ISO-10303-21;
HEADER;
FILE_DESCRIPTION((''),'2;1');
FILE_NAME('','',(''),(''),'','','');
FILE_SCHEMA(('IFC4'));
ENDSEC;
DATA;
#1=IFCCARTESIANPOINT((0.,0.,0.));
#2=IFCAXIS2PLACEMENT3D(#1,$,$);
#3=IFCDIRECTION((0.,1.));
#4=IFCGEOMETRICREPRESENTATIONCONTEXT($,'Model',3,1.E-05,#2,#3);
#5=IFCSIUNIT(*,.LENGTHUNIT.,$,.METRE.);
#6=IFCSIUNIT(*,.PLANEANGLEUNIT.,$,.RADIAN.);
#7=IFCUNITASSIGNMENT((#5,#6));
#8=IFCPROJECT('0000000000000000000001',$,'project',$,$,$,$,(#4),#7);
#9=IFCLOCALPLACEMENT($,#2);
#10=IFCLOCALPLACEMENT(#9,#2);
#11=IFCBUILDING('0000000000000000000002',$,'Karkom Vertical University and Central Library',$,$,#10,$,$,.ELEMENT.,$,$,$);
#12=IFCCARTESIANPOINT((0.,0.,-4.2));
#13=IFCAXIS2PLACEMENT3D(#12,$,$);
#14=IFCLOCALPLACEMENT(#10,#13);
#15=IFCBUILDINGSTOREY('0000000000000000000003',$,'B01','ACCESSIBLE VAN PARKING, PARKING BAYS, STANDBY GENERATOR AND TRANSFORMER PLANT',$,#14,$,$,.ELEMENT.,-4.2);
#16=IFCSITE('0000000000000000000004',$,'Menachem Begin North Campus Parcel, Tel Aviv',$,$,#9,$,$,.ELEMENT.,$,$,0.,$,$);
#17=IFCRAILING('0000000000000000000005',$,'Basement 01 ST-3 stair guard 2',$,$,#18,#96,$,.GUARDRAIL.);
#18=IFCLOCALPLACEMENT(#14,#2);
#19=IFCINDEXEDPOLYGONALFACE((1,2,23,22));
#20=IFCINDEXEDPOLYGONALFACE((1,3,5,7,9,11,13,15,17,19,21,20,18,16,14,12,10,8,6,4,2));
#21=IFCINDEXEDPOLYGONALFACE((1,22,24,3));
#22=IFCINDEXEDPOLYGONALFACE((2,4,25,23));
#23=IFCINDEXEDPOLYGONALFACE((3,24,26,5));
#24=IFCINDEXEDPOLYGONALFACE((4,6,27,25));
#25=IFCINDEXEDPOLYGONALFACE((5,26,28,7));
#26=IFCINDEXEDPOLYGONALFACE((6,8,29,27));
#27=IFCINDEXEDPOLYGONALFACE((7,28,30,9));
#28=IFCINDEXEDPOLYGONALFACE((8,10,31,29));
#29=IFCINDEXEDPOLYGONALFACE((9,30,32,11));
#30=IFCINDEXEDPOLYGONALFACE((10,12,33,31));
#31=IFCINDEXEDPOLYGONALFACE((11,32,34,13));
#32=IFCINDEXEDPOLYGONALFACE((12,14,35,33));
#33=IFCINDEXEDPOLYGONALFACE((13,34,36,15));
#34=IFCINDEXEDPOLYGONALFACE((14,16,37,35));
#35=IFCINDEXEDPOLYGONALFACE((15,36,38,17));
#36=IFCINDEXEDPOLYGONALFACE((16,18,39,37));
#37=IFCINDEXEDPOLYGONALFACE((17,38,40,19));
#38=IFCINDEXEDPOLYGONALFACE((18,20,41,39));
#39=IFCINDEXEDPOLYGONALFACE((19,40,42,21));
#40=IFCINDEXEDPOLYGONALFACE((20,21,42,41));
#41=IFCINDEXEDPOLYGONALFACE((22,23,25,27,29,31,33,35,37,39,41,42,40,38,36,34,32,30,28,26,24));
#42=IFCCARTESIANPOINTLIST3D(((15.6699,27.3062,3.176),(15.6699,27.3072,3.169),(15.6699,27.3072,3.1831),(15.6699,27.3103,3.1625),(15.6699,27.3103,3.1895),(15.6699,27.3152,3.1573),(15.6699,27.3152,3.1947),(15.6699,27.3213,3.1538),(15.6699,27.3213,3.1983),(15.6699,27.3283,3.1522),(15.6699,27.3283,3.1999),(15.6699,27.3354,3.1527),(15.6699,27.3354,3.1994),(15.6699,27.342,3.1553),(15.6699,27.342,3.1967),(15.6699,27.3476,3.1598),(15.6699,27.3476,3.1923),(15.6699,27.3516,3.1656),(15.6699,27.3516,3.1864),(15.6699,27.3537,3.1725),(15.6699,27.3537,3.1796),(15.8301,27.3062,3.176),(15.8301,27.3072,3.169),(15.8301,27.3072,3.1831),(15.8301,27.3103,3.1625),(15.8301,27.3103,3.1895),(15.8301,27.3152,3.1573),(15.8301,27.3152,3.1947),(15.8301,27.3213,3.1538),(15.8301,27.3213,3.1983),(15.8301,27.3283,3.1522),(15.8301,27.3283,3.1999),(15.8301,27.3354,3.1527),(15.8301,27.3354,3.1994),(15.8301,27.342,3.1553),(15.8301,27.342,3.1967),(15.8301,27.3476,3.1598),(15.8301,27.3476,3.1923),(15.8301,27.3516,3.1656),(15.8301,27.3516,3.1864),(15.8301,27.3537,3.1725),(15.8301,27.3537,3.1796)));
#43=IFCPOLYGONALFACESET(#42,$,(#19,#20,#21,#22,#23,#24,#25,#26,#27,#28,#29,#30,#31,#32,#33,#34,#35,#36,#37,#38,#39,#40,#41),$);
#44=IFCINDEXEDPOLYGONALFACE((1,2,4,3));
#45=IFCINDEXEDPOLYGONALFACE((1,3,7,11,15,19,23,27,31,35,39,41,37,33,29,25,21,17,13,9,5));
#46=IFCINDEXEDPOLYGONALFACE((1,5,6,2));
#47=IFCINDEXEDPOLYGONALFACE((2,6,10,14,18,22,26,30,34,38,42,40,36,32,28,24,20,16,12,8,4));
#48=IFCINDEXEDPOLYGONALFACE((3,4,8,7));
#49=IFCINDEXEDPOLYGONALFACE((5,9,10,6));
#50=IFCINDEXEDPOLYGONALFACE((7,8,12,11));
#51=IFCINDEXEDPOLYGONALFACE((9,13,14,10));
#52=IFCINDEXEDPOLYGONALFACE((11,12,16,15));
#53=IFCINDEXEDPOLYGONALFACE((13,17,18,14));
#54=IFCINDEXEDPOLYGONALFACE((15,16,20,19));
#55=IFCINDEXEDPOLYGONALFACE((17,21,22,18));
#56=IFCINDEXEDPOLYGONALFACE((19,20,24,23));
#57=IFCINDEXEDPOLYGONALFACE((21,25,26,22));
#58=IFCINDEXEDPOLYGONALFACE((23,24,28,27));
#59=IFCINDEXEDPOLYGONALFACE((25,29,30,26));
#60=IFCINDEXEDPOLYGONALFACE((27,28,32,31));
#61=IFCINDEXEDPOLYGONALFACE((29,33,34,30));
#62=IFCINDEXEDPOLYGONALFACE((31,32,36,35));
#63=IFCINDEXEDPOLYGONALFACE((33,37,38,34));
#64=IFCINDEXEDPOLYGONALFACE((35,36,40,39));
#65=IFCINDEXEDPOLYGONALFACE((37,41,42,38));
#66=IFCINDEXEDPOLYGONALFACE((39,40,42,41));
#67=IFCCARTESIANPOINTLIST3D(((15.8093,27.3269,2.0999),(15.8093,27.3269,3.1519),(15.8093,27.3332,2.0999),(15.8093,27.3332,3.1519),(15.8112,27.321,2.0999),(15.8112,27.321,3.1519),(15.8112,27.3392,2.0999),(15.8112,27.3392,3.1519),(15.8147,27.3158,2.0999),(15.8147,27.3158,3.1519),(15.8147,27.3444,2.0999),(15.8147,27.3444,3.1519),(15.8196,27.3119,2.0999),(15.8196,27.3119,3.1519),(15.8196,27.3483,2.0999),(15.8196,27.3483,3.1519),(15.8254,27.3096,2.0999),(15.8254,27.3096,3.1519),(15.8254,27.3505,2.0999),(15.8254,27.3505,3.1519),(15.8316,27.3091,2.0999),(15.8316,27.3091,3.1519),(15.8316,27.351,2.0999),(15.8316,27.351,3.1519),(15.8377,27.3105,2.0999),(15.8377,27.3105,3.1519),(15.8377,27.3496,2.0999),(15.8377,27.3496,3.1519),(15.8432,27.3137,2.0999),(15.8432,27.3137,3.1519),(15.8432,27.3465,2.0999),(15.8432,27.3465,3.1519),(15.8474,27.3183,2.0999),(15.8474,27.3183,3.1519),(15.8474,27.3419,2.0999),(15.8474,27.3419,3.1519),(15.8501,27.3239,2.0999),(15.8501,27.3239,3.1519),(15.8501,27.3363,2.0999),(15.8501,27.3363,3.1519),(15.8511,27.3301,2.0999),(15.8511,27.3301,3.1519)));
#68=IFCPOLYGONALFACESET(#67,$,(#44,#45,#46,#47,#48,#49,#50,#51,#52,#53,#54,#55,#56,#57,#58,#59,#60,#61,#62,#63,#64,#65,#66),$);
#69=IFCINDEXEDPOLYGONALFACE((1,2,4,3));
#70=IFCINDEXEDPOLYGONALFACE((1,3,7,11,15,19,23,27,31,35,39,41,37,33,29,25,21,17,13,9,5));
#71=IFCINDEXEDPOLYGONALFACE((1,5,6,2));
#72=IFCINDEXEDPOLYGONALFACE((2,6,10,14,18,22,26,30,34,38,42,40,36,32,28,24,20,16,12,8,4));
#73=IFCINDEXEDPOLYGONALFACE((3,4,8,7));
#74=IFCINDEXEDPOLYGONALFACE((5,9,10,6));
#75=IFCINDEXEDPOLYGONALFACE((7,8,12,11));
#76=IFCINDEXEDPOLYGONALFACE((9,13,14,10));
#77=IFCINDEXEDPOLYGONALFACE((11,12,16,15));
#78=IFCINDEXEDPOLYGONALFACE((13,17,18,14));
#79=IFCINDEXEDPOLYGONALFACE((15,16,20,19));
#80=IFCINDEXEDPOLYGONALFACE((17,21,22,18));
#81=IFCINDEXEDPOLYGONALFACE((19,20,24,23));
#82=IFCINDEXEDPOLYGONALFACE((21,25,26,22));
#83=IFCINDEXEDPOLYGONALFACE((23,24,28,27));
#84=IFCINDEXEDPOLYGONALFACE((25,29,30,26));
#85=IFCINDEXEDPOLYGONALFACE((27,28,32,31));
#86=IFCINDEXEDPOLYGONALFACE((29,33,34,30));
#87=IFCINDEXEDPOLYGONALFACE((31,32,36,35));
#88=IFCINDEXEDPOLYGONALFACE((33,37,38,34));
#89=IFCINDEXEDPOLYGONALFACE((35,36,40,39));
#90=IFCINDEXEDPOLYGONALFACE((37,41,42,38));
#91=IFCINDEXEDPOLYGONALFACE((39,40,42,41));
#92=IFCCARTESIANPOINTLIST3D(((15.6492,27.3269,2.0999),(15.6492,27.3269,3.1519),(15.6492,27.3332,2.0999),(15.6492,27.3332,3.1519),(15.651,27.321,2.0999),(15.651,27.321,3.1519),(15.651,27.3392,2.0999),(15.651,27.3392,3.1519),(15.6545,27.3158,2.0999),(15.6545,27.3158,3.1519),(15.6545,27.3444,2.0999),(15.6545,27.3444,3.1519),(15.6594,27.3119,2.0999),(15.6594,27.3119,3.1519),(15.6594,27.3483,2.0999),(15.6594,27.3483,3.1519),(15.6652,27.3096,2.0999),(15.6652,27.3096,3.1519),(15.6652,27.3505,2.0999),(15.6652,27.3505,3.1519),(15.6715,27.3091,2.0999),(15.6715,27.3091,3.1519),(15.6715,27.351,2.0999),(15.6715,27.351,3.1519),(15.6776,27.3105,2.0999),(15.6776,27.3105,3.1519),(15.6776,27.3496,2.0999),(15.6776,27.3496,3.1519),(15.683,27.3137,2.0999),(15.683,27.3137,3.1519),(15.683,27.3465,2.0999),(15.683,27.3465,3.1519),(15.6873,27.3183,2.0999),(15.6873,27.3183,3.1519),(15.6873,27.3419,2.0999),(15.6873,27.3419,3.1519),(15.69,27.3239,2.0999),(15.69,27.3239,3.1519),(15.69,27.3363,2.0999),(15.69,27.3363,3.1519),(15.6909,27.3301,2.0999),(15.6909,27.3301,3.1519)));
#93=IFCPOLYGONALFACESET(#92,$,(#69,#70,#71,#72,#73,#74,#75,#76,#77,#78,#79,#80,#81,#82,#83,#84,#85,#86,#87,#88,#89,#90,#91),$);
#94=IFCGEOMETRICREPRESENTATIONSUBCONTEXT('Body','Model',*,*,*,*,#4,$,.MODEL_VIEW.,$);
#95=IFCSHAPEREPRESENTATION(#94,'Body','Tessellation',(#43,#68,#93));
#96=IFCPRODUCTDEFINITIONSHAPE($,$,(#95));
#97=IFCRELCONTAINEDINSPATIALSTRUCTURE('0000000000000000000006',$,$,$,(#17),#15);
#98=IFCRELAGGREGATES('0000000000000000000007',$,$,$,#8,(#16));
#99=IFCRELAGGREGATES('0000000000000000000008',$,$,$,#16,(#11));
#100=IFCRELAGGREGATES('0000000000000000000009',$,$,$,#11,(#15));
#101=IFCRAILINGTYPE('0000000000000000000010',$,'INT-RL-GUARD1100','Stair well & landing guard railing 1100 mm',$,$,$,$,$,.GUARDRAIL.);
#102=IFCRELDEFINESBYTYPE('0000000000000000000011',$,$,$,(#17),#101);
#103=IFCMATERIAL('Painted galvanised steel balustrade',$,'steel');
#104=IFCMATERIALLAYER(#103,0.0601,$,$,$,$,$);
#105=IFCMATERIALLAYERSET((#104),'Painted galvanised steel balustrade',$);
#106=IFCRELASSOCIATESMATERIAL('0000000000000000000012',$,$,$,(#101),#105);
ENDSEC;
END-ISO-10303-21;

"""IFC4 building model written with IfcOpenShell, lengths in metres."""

from ifc_helpers import new_model, si_unit, direction, frame, origin, origin_2d, place, context, subcontext, project, spatial, circle, extrude, material, layer, layer_set, type_object, element, save


model = new_model("IFC4")

# Units and contexts
model_context = context("Model", 3, precision=1e-05, world=origin(), true_north=direction((0.0, 1.0)))
body_context = subcontext(model_context, "Body", "Model", "MODEL_VIEW")
ifc_project = project(units=[si_unit("LENGTHUNIT", "METRE"), si_unit("PLANEANGLEUNIT", "RADIAN")], contexts=[model_context])

# Site, building, storey
site_placement = place(None, origin())
site = spatial("IfcSite", under=ifc_project, at=site_placement, Name="Menachem Begin North Campus Parcel, Tel Aviv", CompositionType="ELEMENT", RefElevation=0.0)
building_placement = place(site_placement, origin())
building = spatial("IfcBuilding", under=site, at=building_placement, Name="Karkom Vertical University and Central Library", CompositionType="ELEMENT")
storey_placement = place(building_placement, frame((0.0, 0.0, -4.2)))
storey = spatial("IfcBuildingStorey", under=building, at=storey_placement, Name="B01", Description="ACCESSIBLE VAN PARKING, PARKING BAYS, STANDBY GENERATOR AND TRANSFORMER PLANT", CompositionType="ELEMENT", Elevation=-4.2)

# Railing
ifc_material_1 = material(Name="Painted galvanised steel balustrade", Category="steel")
ifc_layer_1 = layer(ifc_material_1, 0.0601)
ifc_layer_set_1 = layer_set([ifc_layer_1], Name="Painted galvanised steel balustrade")
railing_type_1 = type_object("IfcRailingType", Name="INT-RL-GUARD1100", Description="Stair well & landing guard railing 1100 mm", PredefinedType="GUARDRAIL", material=ifc_layer_set_1)
railing_1_placement = place(storey_placement, frame((15.8301, 27.3301, 2.0999)))
element("IfcRailing", 1, at=railing_1_placement, inside=storey, type_object=railing_type_1, Name="Basement 01 ST-3 stair guard 2", PredefinedType="GUARDRAIL", context=body_context, shape_type="SweptSolid", body=[
    extrude(circle(Radius=0.0239, at=origin_2d()), frame((0.0, 0.0, 1.0762), z_axis=(-1.0, 0.0, 0.0), x_axis=(0.0, -1.0, 0.0)), (0.0, 0.0, 1.0), 0.1602),
    extrude(circle(Radius=0.021, at=origin_2d()), origin(), (0.0, 0.0, 1.0), 1.052),
    extrude(circle(Radius=0.021, at=origin_2d()), frame((-0.1602, 0.0, 0.0)), (0.0, 0.0, 1.0), 1.052),
])

save(model, "model.ifc")
